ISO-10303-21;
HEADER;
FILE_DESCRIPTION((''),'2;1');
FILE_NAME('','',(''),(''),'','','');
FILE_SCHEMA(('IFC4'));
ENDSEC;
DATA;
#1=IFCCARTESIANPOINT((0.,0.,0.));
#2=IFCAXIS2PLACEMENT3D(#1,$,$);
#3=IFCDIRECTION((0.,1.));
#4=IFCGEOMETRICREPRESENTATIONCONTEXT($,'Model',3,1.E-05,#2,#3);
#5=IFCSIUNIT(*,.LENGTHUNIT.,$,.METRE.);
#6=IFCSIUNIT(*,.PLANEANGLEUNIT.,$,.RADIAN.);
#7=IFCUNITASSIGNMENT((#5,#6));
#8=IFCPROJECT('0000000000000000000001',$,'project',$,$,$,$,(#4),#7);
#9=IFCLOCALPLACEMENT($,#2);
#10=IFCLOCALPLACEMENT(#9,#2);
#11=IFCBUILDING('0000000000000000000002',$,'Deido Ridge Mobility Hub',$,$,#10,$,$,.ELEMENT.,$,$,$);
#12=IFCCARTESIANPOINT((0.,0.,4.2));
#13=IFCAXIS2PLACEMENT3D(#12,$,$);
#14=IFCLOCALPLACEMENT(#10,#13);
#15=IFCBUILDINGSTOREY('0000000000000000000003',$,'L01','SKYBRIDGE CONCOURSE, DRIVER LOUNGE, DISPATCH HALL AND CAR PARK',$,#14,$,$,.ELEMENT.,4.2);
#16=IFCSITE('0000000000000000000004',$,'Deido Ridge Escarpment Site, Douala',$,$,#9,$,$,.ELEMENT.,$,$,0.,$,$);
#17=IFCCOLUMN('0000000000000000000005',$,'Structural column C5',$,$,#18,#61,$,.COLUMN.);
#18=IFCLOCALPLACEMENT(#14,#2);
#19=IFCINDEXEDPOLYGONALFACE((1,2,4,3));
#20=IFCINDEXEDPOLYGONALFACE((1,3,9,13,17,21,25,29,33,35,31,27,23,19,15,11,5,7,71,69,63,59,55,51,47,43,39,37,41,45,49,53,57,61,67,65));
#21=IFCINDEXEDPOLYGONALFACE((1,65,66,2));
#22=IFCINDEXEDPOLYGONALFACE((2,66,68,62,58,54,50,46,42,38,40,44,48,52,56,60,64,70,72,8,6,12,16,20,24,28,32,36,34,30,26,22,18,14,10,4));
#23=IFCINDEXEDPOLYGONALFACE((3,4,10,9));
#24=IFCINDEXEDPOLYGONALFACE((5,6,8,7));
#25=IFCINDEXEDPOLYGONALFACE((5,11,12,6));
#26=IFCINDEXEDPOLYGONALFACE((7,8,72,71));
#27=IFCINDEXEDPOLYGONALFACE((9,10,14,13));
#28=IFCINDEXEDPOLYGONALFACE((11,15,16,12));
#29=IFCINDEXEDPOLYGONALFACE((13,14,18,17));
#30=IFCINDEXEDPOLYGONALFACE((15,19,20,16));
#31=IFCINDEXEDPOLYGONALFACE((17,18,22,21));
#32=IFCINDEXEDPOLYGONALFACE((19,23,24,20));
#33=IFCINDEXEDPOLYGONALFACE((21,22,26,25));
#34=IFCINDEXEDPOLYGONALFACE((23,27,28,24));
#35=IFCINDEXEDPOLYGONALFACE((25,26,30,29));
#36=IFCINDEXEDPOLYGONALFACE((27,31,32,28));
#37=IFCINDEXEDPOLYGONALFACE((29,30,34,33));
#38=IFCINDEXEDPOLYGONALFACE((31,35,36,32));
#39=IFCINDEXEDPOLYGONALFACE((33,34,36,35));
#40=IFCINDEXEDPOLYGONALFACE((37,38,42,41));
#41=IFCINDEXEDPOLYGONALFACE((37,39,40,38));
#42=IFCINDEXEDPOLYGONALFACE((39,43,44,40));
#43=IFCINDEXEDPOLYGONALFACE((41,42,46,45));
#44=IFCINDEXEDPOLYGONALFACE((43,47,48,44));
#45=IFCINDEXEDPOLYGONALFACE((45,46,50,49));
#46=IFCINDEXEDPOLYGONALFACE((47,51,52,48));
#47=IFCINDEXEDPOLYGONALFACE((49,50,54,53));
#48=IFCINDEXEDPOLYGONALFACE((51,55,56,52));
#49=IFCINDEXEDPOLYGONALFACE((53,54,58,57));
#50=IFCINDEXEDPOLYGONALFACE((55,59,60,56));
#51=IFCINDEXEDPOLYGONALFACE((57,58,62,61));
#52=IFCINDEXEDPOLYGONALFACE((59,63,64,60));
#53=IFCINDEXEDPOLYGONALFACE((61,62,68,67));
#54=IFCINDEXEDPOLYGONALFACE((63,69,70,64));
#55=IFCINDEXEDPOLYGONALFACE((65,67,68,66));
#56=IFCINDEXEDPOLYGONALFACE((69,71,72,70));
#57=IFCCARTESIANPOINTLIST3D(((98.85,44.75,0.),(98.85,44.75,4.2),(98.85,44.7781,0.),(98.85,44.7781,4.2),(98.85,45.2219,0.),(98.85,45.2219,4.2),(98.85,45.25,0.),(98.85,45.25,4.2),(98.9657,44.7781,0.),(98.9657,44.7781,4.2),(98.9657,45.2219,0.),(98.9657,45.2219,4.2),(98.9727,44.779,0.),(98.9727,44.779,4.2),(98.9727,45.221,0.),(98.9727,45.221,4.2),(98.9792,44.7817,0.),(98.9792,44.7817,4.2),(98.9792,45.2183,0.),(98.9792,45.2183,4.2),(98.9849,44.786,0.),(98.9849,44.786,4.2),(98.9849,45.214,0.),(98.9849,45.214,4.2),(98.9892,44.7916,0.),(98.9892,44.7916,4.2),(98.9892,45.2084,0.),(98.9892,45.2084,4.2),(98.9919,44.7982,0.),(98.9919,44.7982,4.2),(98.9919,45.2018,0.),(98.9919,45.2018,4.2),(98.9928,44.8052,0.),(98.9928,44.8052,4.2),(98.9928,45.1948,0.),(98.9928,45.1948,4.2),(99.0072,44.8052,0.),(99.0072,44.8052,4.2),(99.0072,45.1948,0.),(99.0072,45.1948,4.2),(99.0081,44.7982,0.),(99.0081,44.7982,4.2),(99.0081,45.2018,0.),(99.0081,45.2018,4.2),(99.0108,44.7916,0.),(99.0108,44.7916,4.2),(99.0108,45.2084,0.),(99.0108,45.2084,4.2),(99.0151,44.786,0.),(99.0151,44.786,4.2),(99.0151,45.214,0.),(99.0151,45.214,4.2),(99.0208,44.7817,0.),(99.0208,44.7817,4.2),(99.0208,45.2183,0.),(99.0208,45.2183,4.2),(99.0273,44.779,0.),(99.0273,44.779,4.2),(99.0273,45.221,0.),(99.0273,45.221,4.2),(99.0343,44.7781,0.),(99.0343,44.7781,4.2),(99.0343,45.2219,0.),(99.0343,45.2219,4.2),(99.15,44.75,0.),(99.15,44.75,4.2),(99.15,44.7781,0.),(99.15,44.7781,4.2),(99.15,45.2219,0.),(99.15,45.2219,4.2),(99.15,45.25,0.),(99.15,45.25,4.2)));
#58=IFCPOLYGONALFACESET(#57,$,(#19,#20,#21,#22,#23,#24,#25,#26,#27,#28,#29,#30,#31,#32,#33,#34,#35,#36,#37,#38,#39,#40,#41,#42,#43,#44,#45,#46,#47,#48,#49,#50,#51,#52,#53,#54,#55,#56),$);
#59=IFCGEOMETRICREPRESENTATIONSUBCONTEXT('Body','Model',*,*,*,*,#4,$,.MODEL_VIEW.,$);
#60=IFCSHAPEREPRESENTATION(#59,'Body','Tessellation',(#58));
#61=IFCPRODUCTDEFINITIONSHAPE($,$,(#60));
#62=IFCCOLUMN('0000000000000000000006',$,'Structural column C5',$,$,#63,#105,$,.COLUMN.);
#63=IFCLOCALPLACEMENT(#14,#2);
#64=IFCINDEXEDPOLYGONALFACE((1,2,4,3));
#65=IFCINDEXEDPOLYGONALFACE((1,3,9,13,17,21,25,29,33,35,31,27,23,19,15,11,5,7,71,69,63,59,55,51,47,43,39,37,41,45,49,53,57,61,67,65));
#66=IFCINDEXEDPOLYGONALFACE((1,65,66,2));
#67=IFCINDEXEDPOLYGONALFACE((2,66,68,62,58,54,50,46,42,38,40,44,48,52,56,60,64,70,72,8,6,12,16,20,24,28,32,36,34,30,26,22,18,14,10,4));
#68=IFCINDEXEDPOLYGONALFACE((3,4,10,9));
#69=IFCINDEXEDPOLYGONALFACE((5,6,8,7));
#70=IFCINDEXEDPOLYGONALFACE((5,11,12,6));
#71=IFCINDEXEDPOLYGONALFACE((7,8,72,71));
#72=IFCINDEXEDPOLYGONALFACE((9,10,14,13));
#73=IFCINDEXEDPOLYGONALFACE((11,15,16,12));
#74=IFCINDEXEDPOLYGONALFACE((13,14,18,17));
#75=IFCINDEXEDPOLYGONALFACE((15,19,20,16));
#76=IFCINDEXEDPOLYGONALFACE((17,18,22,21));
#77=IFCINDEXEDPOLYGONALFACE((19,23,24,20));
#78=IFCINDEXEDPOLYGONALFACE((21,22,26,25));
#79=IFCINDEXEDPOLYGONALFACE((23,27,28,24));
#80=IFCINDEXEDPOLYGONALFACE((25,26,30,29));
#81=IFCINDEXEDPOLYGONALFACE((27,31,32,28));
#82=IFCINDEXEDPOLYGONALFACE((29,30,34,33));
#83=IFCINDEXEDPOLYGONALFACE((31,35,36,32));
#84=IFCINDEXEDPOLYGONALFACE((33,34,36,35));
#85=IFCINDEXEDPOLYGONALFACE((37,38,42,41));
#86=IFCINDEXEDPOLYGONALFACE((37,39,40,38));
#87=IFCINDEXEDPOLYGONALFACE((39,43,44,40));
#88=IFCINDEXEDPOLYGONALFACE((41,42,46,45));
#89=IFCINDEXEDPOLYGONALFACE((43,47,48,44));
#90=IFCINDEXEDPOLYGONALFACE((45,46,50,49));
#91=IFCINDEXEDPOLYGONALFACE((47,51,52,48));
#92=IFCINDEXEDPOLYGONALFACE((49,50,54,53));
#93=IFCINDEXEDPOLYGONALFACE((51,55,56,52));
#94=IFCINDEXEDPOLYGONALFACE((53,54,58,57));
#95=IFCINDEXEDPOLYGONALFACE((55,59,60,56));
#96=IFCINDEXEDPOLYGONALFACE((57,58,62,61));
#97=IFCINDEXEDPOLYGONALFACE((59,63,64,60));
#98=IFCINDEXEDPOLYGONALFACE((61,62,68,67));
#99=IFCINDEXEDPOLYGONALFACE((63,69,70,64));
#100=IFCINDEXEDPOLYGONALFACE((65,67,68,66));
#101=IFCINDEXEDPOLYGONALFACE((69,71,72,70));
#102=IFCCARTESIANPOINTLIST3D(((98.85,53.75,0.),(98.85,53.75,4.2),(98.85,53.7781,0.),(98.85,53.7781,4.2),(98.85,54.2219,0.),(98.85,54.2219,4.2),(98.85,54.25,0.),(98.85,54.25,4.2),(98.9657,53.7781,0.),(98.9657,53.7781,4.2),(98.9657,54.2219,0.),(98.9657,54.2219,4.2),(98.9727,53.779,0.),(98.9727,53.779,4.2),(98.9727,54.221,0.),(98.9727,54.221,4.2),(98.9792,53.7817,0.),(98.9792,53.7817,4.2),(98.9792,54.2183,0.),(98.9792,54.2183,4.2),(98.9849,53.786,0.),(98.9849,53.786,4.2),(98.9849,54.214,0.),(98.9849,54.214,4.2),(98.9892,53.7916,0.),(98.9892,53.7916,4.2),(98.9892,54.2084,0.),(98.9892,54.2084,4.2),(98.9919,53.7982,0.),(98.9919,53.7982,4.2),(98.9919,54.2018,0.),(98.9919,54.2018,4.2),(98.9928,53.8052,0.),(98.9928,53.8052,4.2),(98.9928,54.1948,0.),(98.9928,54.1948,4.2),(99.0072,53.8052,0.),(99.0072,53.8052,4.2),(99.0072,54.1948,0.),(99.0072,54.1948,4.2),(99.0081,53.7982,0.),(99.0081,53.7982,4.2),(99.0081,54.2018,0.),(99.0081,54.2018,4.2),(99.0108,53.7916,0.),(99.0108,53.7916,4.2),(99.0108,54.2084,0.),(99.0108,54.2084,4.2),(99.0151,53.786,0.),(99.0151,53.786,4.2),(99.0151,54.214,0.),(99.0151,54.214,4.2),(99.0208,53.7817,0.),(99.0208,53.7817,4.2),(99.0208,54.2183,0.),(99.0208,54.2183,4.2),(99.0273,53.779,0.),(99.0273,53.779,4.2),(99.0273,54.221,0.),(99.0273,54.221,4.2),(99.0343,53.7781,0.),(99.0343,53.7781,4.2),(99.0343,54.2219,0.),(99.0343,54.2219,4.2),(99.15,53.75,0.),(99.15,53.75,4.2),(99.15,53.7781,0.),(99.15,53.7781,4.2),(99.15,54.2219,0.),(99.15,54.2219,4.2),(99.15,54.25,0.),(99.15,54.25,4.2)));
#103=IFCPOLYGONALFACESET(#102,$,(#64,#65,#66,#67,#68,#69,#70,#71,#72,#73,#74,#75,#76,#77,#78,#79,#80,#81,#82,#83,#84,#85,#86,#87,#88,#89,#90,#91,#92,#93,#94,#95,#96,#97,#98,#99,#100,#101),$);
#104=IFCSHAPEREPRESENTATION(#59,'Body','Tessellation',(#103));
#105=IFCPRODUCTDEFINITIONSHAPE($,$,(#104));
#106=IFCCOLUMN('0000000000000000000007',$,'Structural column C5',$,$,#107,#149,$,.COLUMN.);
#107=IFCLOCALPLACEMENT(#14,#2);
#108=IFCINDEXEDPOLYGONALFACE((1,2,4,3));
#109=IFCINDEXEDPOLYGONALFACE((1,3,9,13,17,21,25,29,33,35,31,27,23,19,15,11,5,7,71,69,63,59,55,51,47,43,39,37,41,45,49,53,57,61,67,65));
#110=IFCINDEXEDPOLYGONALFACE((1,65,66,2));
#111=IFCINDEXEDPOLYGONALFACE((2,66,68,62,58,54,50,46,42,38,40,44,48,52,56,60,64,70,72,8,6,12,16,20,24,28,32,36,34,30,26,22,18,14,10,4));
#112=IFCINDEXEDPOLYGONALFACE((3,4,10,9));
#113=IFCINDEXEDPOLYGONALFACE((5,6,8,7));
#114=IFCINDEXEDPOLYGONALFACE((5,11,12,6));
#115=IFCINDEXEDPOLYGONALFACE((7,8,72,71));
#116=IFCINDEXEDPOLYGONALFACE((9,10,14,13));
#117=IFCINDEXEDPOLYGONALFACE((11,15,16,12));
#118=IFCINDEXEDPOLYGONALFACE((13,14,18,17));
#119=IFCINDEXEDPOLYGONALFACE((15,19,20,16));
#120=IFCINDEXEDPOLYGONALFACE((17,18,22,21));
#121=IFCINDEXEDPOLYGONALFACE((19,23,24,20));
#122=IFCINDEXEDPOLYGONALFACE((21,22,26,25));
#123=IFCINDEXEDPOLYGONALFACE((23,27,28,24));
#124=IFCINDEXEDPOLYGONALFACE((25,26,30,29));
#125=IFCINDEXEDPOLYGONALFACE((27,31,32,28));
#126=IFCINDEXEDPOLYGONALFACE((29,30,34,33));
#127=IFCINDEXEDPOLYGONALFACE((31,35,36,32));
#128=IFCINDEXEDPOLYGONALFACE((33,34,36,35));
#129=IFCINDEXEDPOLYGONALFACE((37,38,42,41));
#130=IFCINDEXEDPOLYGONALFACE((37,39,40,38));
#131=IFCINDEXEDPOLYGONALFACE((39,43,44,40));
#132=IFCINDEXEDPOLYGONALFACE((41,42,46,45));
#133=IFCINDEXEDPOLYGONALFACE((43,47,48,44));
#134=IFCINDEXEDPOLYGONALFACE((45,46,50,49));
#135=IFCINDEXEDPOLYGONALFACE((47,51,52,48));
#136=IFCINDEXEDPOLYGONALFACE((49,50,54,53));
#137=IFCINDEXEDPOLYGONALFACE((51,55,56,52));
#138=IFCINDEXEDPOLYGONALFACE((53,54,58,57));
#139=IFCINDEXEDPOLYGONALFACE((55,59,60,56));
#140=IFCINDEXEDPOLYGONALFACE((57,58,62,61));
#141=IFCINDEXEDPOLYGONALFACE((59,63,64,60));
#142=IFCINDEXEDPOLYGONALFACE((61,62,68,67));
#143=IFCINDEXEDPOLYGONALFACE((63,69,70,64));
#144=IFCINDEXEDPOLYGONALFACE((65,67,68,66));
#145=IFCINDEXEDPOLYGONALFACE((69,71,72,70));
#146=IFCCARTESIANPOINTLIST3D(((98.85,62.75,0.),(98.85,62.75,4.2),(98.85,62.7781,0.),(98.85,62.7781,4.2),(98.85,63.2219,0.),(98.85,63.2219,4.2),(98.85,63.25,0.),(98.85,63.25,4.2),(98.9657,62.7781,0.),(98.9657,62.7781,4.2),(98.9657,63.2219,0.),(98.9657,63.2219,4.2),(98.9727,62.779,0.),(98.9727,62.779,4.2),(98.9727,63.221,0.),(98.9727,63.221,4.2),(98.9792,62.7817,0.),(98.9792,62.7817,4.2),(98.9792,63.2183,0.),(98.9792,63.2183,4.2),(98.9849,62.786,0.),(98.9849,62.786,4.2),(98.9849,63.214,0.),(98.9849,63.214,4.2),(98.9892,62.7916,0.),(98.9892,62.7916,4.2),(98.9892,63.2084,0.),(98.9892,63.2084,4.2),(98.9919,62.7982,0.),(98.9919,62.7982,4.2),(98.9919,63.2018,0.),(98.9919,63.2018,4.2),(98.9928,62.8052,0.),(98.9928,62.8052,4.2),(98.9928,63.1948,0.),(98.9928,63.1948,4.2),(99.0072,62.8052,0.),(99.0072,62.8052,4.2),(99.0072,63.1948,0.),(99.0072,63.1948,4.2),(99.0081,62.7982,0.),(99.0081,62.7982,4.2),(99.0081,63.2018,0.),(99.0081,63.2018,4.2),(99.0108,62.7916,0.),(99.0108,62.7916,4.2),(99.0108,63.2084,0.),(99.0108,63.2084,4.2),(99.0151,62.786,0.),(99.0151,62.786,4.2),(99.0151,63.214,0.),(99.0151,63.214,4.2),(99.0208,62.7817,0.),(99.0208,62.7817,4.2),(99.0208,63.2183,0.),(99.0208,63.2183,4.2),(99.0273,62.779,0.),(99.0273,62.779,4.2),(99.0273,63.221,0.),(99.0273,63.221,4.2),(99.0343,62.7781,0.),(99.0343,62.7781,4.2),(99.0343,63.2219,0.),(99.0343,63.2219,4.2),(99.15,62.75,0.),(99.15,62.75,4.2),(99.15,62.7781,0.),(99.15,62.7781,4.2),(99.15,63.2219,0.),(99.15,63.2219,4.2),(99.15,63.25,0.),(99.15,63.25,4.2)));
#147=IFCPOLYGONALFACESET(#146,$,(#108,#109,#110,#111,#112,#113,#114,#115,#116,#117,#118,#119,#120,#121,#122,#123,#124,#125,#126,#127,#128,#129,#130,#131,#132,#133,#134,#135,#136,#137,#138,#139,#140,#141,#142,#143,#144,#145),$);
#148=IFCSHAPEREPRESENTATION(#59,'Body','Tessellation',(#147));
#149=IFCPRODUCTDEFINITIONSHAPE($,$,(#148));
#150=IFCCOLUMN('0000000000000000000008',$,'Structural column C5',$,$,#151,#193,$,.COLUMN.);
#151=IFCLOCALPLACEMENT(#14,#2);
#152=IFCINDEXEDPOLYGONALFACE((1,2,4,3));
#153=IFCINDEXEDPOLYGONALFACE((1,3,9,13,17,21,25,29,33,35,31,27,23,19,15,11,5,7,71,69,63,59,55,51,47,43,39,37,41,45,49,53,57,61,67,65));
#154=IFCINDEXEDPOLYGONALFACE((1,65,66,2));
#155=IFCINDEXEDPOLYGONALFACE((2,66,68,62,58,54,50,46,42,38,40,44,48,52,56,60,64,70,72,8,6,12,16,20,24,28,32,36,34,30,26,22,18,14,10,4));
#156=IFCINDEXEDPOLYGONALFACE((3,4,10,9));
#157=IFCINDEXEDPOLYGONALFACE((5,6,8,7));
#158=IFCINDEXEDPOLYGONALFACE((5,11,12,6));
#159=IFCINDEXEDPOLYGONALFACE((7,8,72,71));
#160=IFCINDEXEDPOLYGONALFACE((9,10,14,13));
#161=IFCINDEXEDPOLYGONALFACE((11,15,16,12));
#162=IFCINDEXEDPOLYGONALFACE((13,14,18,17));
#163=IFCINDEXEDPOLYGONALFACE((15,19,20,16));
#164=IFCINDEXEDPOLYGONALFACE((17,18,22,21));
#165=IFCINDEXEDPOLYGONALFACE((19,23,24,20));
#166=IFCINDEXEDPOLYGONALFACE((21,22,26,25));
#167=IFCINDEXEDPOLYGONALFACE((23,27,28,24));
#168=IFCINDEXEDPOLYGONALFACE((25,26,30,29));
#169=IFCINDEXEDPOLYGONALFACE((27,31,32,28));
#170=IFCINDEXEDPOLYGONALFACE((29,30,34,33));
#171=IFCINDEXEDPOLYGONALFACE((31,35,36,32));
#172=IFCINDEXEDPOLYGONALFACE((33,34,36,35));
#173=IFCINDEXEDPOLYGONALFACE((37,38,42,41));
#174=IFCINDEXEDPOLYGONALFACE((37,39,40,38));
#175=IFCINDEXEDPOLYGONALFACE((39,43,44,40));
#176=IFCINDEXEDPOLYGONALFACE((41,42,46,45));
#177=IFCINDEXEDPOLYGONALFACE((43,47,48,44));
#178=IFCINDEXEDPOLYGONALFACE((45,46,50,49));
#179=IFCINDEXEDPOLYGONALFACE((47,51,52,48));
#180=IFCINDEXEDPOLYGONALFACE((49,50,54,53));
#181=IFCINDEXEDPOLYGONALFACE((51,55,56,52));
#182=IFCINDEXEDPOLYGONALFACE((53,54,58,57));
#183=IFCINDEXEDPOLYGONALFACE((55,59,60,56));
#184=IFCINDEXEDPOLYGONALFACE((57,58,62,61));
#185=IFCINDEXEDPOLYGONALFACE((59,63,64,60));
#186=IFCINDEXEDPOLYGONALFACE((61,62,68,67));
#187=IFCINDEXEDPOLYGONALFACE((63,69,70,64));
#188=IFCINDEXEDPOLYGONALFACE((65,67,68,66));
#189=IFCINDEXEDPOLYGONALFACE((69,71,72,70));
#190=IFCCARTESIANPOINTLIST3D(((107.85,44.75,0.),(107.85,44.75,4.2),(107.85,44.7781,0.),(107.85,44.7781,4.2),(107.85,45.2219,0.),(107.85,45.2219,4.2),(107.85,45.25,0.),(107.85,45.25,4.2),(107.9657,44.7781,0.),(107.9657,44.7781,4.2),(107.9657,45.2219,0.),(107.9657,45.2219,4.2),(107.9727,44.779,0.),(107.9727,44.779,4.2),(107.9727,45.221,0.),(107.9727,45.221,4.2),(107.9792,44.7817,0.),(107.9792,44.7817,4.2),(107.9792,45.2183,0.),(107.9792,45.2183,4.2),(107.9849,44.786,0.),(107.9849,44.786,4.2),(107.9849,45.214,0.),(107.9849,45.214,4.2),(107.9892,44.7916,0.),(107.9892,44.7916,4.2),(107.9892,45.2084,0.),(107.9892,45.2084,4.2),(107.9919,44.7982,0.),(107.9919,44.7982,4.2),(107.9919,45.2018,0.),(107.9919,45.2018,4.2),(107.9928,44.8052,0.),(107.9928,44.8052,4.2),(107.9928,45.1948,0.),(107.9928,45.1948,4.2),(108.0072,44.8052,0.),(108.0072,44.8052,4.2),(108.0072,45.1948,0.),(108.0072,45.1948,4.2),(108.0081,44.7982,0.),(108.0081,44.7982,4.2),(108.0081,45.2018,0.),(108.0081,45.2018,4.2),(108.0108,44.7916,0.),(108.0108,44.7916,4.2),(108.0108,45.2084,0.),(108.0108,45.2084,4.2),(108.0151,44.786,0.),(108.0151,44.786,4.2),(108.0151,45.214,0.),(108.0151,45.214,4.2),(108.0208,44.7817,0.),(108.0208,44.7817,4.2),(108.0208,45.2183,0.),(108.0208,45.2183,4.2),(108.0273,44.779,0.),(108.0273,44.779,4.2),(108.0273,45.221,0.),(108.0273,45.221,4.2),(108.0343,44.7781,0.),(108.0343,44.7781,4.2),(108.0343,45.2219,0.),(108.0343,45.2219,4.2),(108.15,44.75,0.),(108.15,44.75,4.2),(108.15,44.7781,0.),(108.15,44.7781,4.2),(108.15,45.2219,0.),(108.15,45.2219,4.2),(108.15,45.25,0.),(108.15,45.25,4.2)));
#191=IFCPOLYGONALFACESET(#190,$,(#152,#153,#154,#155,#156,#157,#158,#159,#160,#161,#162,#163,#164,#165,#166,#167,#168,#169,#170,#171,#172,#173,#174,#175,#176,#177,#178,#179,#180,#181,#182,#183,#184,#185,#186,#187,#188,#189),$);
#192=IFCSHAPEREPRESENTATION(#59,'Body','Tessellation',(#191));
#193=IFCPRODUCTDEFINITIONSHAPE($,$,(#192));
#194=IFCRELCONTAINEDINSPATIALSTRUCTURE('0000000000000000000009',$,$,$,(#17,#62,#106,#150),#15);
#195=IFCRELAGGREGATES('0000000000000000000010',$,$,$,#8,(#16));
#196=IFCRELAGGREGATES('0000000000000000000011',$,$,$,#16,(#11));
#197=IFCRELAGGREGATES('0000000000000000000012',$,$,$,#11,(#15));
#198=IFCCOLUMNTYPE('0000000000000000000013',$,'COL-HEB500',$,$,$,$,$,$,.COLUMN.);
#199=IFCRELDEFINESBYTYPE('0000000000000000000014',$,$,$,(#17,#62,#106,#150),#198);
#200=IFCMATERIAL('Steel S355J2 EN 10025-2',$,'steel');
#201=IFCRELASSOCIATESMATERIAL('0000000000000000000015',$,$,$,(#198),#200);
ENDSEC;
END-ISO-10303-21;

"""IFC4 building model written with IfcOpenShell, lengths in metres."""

from ifc_helpers import new_model, si_unit, direction, frame, origin, origin_2d, place, context, subcontext, project, spatial, i_section, extrude, material, material_profile, profile_set, type_object, element, save


model = new_model("IFC4")

# Units and contexts
model_context = context("Model", 3, precision=1e-05, world=origin(), true_north=direction((0.0, 1.0)))
body_context = subcontext(model_context, "Body", "Model", "MODEL_VIEW")
ifc_project = project(units=[si_unit("LENGTHUNIT", "METRE"), si_unit("PLANEANGLEUNIT", "RADIAN")], contexts=[model_context])

# Site, building, storey
site_placement = place(None, origin())
site = spatial("IfcSite", under=ifc_project, at=site_placement, Name="Deido Ridge Escarpment Site, Douala", CompositionType="ELEMENT", RefElevation=0.0)
building_placement = place(site_placement, origin())
building = spatial("IfcBuilding", under=site, at=building_placement, Name="Deido Ridge Mobility Hub", CompositionType="ELEMENT")
storey_placement = place(building_placement, frame((0.0, 0.0, 4.2)))
storey = spatial("IfcBuildingStorey", under=building, at=storey_placement, Name="L01", Description="SKYBRIDGE CONCOURSE, DRIVER LOUNGE, DISPATCH HALL AND CAR PARK", CompositionType="ELEMENT", Elevation=4.2)

# Columns
ifc_material_1 = material(Name="Steel S355J2 EN 10025-2", Category="steel")
ifc_material_profile_1 = material_profile(ifc_material_1, i_section(OverallWidth=0.3, OverallDepth=0.5, WebThickness=0.0144, FlangeThickness=0.0281, FilletRadius=0.0271, at=origin_2d()), Name="HEB 500")
ifc_profile_set_1 = profile_set([ifc_material_profile_1], Name="Steel S355J2 EN 10025-2")
column_type_1 = type_object("IfcColumnType", Name="COL-HEB500", PredefinedType="COLUMN", material=ifc_profile_set_1)
for number, where, z_axis, x_axis, name in (
    (1, (99.0, 45.0, 0.0), (0.0, 0.0, 1.0), (1.0, 0.0, 0.0), "Structural column C5"),
    (2, (99.0, 54.0, 0.0), (0.0, 0.0, 1.0), (1.0, 0.0, 0.0), "Structural column C5"),
    (3, (99.0, 63.0, 0.0), (0.0, 0.0, 1.0), (1.0, 0.0, 0.0), "Structural column C5"),
    (4, (108.0, 45.0, 0.0), (0.0, 0.0, 1.0), (1.0, 0.0, 0.0), "Structural column C5"),
):
    element("IfcColumn", number, at=place(storey_placement, frame(where, z_axis=z_axis, x_axis=x_axis)), inside=storey, type_object=column_type_1, Name=name, PredefinedType="COLUMN", context=body_context, shape_type="SweptSolid", body=[
        extrude(i_section(OverallWidth=0.3, OverallDepth=0.5, WebThickness=0.0144, FlangeThickness=0.0281, FilletRadius=0.0271, at=origin_2d()), origin(), (0.0, 0.0, 1.0), 4.2),
    ])

save(model, "model.ifc")
